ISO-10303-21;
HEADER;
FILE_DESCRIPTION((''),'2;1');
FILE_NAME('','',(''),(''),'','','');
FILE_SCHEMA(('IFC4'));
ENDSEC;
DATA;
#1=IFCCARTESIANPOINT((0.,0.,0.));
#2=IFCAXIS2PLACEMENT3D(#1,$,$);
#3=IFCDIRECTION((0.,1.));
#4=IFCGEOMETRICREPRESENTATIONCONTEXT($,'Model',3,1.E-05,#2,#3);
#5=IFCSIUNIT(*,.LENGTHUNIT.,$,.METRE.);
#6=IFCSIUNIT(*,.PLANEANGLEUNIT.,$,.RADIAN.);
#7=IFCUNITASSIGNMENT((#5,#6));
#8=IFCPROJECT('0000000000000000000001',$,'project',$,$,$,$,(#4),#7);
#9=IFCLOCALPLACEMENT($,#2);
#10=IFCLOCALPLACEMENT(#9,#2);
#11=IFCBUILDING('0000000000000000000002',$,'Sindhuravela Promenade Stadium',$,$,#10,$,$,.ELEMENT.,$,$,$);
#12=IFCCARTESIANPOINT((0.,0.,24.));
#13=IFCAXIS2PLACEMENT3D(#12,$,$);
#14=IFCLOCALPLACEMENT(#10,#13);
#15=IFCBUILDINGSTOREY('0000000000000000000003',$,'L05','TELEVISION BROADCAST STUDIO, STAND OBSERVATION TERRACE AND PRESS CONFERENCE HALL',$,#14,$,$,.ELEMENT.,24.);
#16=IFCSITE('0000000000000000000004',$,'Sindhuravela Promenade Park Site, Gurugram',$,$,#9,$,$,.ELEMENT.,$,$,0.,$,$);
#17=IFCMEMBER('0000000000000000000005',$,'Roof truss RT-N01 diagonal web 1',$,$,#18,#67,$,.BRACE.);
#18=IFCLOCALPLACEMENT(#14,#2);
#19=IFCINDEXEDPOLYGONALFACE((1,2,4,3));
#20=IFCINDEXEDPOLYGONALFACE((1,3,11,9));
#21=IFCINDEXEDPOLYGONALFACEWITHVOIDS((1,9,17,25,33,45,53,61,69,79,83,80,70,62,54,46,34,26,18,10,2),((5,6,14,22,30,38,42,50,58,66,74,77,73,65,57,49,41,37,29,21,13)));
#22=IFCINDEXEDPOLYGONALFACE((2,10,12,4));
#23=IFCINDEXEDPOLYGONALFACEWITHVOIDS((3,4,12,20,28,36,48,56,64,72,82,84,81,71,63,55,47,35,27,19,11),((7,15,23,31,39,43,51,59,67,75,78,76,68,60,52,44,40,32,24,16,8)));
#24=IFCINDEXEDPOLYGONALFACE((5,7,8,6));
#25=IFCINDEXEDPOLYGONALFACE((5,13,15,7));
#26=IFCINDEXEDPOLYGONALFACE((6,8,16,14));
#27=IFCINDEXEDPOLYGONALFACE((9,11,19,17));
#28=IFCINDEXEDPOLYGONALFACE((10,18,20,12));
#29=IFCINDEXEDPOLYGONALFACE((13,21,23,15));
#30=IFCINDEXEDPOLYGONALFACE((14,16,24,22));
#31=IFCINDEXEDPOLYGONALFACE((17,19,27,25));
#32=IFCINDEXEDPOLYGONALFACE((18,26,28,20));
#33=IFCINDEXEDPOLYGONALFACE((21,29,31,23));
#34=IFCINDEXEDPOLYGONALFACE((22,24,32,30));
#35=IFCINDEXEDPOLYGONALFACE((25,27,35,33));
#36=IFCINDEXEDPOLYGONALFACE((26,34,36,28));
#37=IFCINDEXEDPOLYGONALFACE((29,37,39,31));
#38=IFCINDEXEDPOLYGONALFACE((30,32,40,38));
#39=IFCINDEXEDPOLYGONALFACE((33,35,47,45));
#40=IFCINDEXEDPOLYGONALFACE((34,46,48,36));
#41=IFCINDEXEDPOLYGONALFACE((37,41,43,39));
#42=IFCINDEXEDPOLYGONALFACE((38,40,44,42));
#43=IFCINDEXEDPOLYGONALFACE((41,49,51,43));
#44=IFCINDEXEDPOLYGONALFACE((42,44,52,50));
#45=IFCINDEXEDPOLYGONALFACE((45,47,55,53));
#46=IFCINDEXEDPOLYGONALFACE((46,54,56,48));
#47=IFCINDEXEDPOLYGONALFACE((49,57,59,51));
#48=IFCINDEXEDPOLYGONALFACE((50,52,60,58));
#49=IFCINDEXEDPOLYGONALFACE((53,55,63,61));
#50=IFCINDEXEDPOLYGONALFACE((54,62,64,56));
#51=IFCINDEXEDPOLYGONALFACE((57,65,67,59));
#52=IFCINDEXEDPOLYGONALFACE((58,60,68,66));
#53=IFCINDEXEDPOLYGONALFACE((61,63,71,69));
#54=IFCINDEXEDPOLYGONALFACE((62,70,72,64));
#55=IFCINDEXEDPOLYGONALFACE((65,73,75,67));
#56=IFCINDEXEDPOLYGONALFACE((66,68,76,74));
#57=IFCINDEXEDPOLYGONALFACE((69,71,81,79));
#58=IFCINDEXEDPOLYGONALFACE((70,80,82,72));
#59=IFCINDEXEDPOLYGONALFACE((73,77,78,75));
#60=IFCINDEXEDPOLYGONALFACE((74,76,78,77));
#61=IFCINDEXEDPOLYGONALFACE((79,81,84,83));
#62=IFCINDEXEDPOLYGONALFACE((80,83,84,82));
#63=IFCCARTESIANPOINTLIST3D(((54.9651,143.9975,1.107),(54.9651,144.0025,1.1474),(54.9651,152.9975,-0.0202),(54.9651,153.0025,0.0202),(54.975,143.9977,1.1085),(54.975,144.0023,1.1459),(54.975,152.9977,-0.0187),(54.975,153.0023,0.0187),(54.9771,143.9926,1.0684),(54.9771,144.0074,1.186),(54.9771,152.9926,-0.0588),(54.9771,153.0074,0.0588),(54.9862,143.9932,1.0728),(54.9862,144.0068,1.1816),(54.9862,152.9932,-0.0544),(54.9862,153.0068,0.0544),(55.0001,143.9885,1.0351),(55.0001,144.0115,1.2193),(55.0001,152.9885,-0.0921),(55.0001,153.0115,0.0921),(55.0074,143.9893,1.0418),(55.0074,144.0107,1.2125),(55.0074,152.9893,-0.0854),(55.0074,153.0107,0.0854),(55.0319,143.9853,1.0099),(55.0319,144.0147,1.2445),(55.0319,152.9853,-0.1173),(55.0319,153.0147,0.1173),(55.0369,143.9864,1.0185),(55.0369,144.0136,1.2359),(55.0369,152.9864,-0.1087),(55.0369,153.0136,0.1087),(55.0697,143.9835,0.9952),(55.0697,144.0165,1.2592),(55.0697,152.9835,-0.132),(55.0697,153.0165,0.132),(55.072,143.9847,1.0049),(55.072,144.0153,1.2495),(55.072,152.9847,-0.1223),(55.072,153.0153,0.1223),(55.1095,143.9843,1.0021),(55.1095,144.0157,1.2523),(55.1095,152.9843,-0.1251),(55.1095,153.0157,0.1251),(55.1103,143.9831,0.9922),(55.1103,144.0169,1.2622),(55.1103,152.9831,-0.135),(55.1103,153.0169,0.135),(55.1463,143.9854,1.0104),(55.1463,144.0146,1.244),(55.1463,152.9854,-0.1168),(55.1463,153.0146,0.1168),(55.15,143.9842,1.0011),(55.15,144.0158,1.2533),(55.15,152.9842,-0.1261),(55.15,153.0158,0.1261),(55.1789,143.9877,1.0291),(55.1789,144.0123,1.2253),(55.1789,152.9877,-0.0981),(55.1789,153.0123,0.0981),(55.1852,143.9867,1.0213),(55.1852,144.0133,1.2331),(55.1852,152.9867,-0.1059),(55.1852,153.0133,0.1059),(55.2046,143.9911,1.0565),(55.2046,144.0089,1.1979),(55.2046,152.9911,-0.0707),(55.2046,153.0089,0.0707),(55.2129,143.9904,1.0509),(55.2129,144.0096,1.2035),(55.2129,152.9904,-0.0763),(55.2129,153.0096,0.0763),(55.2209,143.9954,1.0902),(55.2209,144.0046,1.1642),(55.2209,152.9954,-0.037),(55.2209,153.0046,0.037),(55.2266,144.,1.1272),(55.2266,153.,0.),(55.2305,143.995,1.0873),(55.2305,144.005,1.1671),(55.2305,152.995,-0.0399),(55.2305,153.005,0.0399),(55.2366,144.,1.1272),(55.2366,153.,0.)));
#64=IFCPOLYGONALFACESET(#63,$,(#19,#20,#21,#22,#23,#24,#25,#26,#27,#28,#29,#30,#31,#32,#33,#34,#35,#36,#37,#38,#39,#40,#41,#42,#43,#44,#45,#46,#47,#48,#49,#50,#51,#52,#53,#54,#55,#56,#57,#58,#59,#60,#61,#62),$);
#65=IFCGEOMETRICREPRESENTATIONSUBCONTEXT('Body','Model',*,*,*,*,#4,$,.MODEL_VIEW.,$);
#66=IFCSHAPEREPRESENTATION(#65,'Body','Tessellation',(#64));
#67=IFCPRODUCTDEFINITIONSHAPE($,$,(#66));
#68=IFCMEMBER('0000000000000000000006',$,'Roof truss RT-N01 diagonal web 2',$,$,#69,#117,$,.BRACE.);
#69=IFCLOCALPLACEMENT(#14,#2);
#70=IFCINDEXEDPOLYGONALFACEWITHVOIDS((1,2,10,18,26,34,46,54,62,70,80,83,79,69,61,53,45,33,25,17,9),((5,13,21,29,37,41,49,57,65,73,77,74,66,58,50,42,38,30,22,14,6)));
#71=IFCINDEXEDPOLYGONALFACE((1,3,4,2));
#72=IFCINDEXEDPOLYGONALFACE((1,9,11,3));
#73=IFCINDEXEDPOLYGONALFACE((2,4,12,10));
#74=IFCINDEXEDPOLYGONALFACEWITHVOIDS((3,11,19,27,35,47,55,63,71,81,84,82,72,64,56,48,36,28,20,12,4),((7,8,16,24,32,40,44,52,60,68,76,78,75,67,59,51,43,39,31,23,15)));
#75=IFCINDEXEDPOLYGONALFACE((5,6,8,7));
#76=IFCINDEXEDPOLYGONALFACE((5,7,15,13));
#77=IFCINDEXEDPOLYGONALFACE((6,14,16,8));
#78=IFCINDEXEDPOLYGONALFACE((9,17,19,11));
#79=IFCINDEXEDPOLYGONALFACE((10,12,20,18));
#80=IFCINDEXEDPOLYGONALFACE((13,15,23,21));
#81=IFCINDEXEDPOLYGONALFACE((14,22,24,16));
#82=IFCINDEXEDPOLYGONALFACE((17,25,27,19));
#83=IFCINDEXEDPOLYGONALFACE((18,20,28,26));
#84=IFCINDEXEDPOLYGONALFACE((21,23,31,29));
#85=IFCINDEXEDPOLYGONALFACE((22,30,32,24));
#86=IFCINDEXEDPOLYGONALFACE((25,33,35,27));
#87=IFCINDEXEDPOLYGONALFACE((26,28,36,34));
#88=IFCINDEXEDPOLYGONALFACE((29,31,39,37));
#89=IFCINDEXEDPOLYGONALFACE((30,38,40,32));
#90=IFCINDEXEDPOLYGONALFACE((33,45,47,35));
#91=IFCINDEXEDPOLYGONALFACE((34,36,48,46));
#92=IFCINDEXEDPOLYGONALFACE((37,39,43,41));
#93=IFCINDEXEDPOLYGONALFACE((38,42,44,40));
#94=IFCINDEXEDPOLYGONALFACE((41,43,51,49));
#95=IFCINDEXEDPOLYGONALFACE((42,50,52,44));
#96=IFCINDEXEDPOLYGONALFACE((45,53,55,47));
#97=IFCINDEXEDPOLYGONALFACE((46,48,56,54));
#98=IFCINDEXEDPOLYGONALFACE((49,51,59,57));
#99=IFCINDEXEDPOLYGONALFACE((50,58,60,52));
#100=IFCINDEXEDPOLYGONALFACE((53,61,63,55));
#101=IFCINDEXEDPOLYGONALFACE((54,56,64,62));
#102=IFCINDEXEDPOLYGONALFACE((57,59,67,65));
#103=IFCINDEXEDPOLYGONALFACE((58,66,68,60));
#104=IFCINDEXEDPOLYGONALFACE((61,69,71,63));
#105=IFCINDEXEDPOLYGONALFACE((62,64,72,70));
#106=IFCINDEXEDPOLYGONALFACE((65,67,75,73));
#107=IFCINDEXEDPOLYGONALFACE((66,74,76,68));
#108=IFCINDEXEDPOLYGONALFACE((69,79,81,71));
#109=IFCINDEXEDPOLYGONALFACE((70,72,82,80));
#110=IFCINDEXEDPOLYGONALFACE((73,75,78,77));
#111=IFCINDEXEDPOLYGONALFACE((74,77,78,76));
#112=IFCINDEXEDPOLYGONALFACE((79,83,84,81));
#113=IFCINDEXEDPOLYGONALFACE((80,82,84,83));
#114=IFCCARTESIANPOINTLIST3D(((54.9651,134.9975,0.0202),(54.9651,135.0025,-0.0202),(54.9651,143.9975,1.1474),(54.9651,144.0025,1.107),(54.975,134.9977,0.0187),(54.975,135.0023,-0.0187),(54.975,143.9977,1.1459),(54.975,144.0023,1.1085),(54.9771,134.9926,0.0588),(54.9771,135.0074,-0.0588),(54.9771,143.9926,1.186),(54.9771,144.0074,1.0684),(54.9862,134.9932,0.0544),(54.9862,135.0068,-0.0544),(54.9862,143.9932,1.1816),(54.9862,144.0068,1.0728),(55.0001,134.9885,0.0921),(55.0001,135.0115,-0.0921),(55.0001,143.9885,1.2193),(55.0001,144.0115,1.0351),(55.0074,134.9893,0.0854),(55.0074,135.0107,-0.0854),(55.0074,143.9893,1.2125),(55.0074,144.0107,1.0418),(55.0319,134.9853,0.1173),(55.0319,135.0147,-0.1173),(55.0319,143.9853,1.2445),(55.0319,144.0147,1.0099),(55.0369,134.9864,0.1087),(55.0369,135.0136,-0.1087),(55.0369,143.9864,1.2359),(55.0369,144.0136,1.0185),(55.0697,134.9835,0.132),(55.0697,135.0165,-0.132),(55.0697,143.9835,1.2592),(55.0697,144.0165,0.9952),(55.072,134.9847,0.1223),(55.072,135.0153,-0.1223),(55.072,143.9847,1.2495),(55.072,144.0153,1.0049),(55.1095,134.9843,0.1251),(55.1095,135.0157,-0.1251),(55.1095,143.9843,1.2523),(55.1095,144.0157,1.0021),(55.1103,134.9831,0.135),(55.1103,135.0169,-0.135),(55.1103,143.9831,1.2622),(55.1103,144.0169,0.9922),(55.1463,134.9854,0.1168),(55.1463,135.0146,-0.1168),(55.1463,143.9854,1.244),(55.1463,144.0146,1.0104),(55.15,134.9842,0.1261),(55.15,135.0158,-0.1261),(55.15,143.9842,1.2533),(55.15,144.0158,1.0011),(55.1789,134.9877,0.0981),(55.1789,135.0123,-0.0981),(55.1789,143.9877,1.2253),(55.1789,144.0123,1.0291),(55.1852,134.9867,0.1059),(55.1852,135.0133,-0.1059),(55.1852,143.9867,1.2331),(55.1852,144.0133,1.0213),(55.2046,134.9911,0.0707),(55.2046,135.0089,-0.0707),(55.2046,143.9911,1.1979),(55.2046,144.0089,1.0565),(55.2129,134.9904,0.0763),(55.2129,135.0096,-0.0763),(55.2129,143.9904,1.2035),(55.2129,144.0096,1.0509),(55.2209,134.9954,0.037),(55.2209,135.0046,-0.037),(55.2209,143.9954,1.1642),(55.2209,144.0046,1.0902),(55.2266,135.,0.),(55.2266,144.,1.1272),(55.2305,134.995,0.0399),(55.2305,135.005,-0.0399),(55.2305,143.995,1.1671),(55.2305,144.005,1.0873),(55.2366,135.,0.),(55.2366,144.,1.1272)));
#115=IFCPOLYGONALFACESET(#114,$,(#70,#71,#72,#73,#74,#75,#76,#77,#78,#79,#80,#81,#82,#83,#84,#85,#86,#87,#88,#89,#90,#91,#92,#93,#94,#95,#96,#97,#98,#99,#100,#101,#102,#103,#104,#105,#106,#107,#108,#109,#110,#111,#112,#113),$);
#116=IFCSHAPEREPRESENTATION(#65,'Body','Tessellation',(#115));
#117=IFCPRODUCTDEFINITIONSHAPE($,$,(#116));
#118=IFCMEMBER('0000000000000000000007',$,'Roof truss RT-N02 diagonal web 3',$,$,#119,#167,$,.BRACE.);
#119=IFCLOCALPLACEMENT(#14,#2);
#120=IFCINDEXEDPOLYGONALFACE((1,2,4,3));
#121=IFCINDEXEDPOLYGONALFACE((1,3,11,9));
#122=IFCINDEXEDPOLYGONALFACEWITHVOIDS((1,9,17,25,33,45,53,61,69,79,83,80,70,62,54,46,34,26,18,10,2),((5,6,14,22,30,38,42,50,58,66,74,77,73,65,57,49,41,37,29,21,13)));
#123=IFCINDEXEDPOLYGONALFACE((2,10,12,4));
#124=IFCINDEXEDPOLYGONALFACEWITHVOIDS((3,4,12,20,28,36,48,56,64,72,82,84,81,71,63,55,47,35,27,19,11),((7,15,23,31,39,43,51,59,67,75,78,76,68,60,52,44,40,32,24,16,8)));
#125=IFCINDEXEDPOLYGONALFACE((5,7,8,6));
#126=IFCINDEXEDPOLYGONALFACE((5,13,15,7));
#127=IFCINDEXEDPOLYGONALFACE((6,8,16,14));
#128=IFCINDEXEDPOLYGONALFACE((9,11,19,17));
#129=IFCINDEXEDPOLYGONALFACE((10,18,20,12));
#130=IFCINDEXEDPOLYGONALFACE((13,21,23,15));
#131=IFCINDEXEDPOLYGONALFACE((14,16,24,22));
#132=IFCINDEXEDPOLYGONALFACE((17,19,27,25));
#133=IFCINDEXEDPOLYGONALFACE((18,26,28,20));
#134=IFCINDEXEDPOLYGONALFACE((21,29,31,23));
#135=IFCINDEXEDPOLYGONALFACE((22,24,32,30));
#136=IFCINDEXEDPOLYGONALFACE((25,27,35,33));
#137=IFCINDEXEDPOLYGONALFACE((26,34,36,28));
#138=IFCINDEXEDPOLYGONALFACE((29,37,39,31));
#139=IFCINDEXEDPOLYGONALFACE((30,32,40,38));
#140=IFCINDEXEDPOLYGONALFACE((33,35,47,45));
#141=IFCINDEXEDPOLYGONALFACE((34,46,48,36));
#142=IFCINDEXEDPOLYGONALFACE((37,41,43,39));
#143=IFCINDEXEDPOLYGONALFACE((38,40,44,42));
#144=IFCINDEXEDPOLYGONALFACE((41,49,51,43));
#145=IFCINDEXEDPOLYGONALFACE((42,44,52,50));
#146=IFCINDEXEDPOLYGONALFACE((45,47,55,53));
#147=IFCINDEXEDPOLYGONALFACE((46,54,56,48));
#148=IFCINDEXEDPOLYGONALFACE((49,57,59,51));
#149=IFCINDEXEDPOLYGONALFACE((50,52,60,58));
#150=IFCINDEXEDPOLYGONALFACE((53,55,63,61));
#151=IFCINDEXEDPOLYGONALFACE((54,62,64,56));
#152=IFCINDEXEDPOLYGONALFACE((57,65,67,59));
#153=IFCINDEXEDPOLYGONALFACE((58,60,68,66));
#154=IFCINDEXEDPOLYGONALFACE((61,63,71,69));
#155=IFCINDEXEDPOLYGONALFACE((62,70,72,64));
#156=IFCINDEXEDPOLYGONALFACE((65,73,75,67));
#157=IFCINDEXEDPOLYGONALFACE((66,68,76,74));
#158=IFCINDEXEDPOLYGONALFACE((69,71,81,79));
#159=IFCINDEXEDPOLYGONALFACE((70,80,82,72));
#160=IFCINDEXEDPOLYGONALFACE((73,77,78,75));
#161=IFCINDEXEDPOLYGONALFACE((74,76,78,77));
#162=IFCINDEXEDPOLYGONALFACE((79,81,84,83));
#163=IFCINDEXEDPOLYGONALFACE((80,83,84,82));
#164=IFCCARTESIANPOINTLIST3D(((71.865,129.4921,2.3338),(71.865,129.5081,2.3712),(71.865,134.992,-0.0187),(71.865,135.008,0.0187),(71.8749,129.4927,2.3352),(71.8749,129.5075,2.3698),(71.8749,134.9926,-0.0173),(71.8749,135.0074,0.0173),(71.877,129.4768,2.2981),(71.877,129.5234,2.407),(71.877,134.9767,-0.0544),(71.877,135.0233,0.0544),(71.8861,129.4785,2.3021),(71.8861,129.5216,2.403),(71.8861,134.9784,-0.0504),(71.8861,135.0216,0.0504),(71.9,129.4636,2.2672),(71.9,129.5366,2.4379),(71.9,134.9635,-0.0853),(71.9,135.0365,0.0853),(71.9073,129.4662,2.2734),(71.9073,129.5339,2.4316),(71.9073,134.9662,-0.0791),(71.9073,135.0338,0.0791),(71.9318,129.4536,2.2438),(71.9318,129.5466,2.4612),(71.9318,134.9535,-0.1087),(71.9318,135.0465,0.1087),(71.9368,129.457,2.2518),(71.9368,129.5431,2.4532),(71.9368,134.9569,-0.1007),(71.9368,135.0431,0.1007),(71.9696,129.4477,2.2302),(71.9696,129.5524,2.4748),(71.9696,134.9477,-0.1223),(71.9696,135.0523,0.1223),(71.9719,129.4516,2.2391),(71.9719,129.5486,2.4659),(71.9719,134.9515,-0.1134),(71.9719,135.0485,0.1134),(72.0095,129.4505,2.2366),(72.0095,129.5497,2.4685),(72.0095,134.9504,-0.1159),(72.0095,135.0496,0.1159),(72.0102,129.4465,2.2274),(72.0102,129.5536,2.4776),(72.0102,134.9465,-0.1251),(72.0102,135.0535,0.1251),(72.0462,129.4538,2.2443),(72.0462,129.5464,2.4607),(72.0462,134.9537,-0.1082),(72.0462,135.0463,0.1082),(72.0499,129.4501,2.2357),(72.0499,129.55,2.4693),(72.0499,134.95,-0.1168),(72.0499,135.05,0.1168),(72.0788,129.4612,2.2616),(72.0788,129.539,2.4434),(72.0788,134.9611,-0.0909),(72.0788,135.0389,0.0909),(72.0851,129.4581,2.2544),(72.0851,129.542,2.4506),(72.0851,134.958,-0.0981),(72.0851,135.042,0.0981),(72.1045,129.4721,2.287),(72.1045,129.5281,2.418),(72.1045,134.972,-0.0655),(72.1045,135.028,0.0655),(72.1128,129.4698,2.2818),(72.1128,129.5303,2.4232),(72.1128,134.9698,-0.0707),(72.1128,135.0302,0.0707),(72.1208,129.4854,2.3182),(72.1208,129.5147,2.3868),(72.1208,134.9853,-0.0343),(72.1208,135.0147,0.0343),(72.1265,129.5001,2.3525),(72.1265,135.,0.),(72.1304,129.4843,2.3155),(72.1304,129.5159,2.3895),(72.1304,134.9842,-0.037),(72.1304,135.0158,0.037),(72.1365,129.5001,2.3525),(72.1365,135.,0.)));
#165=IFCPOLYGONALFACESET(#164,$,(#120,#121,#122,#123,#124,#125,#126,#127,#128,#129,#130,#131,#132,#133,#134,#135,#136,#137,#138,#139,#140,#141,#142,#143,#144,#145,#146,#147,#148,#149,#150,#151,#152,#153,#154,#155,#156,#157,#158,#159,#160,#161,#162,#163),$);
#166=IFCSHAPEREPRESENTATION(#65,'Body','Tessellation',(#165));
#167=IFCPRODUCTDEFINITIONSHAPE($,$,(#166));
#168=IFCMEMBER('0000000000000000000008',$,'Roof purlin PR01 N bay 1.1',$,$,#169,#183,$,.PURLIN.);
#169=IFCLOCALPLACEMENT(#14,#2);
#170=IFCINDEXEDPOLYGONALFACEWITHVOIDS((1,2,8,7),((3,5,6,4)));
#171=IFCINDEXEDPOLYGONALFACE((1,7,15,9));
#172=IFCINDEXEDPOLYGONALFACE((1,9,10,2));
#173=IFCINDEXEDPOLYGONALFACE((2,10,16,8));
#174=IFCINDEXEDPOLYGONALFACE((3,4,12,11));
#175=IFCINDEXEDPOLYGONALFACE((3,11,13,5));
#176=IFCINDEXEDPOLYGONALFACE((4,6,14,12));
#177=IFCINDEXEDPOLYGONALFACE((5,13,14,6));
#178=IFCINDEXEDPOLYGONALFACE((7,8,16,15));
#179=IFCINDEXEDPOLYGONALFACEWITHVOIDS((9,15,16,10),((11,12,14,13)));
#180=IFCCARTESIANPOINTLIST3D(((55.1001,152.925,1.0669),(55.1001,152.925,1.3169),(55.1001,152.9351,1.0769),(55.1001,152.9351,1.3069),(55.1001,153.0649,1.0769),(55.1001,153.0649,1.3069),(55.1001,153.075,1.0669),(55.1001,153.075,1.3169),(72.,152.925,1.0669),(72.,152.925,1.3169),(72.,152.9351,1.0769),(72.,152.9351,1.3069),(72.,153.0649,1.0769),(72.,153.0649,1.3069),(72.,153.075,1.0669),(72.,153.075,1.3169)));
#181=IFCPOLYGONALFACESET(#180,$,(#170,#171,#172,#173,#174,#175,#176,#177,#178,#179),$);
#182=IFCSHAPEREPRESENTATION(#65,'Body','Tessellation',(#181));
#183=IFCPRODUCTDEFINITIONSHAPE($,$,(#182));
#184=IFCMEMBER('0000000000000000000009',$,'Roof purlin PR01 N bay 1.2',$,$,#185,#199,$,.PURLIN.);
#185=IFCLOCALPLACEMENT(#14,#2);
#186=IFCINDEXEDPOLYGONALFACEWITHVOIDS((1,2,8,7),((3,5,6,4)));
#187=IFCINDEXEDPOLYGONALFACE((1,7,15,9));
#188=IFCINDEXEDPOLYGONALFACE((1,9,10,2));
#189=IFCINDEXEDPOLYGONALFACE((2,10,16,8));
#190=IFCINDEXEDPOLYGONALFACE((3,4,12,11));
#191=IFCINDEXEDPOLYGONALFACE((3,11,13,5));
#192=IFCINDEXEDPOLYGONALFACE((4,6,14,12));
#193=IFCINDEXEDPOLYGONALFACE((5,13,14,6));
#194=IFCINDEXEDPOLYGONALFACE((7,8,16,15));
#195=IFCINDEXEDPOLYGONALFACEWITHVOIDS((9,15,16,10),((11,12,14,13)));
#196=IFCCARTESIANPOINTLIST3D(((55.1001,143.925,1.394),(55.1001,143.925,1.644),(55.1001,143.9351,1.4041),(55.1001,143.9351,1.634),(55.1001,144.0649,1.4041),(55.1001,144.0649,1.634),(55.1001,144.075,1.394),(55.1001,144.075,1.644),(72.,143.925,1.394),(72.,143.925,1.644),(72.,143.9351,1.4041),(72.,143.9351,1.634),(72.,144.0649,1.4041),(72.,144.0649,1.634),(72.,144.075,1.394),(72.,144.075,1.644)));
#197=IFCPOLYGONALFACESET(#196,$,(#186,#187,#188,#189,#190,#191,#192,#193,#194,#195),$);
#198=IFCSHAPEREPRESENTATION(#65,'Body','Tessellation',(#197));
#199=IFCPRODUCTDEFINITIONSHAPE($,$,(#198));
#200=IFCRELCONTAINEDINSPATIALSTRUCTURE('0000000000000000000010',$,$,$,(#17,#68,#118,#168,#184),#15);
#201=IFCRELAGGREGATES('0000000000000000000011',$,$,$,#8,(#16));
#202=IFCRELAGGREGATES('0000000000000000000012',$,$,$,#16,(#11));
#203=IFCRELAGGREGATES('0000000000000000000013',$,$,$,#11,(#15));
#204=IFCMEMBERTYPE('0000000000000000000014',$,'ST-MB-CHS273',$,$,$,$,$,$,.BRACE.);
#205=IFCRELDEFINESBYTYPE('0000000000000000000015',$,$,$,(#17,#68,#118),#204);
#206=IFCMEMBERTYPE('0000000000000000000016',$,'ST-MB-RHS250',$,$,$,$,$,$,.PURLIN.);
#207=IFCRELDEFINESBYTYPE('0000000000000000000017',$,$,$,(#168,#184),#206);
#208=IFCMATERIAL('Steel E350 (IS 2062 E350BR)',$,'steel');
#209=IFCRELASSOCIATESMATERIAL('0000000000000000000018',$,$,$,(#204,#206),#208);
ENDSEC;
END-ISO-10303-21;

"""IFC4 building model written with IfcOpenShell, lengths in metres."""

from ifc_helpers import new_model, si_unit, direction, frame, origin, origin_2d, place, context, subcontext, project, spatial, hollow_rectangle, hollow_circle, extrude, material, material_profile, profile_set, type_object, element, save


model = new_model("IFC4")

# Units and contexts
model_context = context("Model", 3, precision=1e-05, world=origin(), true_north=direction((0.0, 1.0)))
body_context = subcontext(model_context, "Body", "Model", "MODEL_VIEW")
ifc_project = project(units=[si_unit("LENGTHUNIT", "METRE"), si_unit("PLANEANGLEUNIT", "RADIAN")], contexts=[model_context])

# Site, building, storey
site_placement = place(None, origin())
site = spatial("IfcSite", under=ifc_project, at=site_placement, Name="Sindhuravela Promenade Park Site, Gurugram", CompositionType="ELEMENT", RefElevation=0.0)
building_placement = place(site_placement, origin())
building = spatial("IfcBuilding", under=site, at=building_placement, Name="Sindhuravela Promenade Stadium", CompositionType="ELEMENT")
storey_placement = place(building_placement, frame((0.0, 0.0, 24.0)))
storey = spatial("IfcBuildingStorey", under=building, at=storey_placement, Name="L05", Description="TELEVISION BROADCAST STUDIO, STAND OBSERVATION TERRACE AND PRESS CONFERENCE HALL", CompositionType="ELEMENT", Elevation=24.0)

# Shared definitions
ifc_material_1 = material(Name="Steel E350 (IS 2062 E350BR)", Category="steel")

# Members
ifc_material_profile_1 = material_profile(ifc_material_1, hollow_circle(Radius=0.1365, WallThickness=0.01, at=origin_2d()), Name="CHS 273.0x10")
ifc_profile_set_1 = profile_set([ifc_material_profile_1], Name="Steel E350 (IS 2062 E350BR)")
member_type_1 = type_object("IfcMemberType", Name="ST-MB-CHS273", PredefinedType="BRACE", material=ifc_profile_set_1)
for number, where, z_axis, x_axis, name in (
    (1, (55.1001, 153.0, 0.0), (0.0, -0.992248, 0.124273), (1.0, 0.0, 0.0), "Roof truss RT-N01 diagonal web 1"),
    (2, (55.1001, 144.0, 1.1272), (0.0, -0.992248, -0.124273), (1.0, 0.0, 0.0), "Roof truss RT-N01 diagonal web 2"),
):
    element("IfcMember", number, at=place(storey_placement, frame(where, z_axis=z_axis, x_axis=x_axis)), inside=storey, type_object=member_type_1, Name=name, PredefinedType="BRACE", context=body_context, shape_type="SweptSolid", body=[
        extrude(hollow_circle(Radius=0.1365, WallThickness=0.01, at=origin_2d()), origin(), (0.0, 0.0, 1.0), 9.0703),
    ])
member_1_placement = place(storey_placement, frame((72.0, 135.0, 0.0), z_axis=(0.0, -0.919423, 0.393269), x_axis=(1.0, 0.0, 0.0)))
element("IfcMember", 3, at=member_1_placement, inside=storey, type_object=member_type_1, Name="Roof truss RT-N02 diagonal web 3", PredefinedType="BRACE", context=body_context, shape_type="SweptSolid", body=[
    extrude(hollow_circle(Radius=0.1365, WallThickness=0.01, at=origin_2d()), origin(), (0.0, 0.0, 1.0), 5.9819),
])
ifc_material_profile_2 = material_profile(ifc_material_1, hollow_rectangle(XDim=0.1499, YDim=0.25, WallThickness=0.01, at=origin_2d()), Name="RHS 250x150x10")
ifc_profile_set_2 = profile_set([ifc_material_profile_2], Name="Steel E350 (IS 2062 E350BR)")
member_type_2 = type_object("IfcMemberType", Name="ST-MB-RHS250", PredefinedType="PURLIN", material=ifc_profile_set_2)
for number, where, z_axis, x_axis, name in (
    (4, (55.1001, 153.0, 1.1919), (1.0, 0.0, 0.0), (0.0, 1.0, 0.0), "Roof purlin PR01 N bay 1.1"),
    (5, (55.1001, 144.0, 1.519), (1.0, 0.0, 0.0), (0.0, 1.0, 0.0), "Roof purlin PR01 N bay 1.2"),
):
    element("IfcMember", number, at=place(storey_placement, frame(where, z_axis=z_axis, x_axis=x_axis)), inside=storey, type_object=member_type_2, Name=name, PredefinedType="PURLIN", context=body_context, shape_type="SweptSolid", body=[
        extrude(hollow_rectangle(XDim=0.1499, YDim=0.25, WallThickness=0.01, at=origin_2d()), origin(), (0.0, 0.0, 1.0), 16.8999),
    ])

save(model, "model.ifc")
